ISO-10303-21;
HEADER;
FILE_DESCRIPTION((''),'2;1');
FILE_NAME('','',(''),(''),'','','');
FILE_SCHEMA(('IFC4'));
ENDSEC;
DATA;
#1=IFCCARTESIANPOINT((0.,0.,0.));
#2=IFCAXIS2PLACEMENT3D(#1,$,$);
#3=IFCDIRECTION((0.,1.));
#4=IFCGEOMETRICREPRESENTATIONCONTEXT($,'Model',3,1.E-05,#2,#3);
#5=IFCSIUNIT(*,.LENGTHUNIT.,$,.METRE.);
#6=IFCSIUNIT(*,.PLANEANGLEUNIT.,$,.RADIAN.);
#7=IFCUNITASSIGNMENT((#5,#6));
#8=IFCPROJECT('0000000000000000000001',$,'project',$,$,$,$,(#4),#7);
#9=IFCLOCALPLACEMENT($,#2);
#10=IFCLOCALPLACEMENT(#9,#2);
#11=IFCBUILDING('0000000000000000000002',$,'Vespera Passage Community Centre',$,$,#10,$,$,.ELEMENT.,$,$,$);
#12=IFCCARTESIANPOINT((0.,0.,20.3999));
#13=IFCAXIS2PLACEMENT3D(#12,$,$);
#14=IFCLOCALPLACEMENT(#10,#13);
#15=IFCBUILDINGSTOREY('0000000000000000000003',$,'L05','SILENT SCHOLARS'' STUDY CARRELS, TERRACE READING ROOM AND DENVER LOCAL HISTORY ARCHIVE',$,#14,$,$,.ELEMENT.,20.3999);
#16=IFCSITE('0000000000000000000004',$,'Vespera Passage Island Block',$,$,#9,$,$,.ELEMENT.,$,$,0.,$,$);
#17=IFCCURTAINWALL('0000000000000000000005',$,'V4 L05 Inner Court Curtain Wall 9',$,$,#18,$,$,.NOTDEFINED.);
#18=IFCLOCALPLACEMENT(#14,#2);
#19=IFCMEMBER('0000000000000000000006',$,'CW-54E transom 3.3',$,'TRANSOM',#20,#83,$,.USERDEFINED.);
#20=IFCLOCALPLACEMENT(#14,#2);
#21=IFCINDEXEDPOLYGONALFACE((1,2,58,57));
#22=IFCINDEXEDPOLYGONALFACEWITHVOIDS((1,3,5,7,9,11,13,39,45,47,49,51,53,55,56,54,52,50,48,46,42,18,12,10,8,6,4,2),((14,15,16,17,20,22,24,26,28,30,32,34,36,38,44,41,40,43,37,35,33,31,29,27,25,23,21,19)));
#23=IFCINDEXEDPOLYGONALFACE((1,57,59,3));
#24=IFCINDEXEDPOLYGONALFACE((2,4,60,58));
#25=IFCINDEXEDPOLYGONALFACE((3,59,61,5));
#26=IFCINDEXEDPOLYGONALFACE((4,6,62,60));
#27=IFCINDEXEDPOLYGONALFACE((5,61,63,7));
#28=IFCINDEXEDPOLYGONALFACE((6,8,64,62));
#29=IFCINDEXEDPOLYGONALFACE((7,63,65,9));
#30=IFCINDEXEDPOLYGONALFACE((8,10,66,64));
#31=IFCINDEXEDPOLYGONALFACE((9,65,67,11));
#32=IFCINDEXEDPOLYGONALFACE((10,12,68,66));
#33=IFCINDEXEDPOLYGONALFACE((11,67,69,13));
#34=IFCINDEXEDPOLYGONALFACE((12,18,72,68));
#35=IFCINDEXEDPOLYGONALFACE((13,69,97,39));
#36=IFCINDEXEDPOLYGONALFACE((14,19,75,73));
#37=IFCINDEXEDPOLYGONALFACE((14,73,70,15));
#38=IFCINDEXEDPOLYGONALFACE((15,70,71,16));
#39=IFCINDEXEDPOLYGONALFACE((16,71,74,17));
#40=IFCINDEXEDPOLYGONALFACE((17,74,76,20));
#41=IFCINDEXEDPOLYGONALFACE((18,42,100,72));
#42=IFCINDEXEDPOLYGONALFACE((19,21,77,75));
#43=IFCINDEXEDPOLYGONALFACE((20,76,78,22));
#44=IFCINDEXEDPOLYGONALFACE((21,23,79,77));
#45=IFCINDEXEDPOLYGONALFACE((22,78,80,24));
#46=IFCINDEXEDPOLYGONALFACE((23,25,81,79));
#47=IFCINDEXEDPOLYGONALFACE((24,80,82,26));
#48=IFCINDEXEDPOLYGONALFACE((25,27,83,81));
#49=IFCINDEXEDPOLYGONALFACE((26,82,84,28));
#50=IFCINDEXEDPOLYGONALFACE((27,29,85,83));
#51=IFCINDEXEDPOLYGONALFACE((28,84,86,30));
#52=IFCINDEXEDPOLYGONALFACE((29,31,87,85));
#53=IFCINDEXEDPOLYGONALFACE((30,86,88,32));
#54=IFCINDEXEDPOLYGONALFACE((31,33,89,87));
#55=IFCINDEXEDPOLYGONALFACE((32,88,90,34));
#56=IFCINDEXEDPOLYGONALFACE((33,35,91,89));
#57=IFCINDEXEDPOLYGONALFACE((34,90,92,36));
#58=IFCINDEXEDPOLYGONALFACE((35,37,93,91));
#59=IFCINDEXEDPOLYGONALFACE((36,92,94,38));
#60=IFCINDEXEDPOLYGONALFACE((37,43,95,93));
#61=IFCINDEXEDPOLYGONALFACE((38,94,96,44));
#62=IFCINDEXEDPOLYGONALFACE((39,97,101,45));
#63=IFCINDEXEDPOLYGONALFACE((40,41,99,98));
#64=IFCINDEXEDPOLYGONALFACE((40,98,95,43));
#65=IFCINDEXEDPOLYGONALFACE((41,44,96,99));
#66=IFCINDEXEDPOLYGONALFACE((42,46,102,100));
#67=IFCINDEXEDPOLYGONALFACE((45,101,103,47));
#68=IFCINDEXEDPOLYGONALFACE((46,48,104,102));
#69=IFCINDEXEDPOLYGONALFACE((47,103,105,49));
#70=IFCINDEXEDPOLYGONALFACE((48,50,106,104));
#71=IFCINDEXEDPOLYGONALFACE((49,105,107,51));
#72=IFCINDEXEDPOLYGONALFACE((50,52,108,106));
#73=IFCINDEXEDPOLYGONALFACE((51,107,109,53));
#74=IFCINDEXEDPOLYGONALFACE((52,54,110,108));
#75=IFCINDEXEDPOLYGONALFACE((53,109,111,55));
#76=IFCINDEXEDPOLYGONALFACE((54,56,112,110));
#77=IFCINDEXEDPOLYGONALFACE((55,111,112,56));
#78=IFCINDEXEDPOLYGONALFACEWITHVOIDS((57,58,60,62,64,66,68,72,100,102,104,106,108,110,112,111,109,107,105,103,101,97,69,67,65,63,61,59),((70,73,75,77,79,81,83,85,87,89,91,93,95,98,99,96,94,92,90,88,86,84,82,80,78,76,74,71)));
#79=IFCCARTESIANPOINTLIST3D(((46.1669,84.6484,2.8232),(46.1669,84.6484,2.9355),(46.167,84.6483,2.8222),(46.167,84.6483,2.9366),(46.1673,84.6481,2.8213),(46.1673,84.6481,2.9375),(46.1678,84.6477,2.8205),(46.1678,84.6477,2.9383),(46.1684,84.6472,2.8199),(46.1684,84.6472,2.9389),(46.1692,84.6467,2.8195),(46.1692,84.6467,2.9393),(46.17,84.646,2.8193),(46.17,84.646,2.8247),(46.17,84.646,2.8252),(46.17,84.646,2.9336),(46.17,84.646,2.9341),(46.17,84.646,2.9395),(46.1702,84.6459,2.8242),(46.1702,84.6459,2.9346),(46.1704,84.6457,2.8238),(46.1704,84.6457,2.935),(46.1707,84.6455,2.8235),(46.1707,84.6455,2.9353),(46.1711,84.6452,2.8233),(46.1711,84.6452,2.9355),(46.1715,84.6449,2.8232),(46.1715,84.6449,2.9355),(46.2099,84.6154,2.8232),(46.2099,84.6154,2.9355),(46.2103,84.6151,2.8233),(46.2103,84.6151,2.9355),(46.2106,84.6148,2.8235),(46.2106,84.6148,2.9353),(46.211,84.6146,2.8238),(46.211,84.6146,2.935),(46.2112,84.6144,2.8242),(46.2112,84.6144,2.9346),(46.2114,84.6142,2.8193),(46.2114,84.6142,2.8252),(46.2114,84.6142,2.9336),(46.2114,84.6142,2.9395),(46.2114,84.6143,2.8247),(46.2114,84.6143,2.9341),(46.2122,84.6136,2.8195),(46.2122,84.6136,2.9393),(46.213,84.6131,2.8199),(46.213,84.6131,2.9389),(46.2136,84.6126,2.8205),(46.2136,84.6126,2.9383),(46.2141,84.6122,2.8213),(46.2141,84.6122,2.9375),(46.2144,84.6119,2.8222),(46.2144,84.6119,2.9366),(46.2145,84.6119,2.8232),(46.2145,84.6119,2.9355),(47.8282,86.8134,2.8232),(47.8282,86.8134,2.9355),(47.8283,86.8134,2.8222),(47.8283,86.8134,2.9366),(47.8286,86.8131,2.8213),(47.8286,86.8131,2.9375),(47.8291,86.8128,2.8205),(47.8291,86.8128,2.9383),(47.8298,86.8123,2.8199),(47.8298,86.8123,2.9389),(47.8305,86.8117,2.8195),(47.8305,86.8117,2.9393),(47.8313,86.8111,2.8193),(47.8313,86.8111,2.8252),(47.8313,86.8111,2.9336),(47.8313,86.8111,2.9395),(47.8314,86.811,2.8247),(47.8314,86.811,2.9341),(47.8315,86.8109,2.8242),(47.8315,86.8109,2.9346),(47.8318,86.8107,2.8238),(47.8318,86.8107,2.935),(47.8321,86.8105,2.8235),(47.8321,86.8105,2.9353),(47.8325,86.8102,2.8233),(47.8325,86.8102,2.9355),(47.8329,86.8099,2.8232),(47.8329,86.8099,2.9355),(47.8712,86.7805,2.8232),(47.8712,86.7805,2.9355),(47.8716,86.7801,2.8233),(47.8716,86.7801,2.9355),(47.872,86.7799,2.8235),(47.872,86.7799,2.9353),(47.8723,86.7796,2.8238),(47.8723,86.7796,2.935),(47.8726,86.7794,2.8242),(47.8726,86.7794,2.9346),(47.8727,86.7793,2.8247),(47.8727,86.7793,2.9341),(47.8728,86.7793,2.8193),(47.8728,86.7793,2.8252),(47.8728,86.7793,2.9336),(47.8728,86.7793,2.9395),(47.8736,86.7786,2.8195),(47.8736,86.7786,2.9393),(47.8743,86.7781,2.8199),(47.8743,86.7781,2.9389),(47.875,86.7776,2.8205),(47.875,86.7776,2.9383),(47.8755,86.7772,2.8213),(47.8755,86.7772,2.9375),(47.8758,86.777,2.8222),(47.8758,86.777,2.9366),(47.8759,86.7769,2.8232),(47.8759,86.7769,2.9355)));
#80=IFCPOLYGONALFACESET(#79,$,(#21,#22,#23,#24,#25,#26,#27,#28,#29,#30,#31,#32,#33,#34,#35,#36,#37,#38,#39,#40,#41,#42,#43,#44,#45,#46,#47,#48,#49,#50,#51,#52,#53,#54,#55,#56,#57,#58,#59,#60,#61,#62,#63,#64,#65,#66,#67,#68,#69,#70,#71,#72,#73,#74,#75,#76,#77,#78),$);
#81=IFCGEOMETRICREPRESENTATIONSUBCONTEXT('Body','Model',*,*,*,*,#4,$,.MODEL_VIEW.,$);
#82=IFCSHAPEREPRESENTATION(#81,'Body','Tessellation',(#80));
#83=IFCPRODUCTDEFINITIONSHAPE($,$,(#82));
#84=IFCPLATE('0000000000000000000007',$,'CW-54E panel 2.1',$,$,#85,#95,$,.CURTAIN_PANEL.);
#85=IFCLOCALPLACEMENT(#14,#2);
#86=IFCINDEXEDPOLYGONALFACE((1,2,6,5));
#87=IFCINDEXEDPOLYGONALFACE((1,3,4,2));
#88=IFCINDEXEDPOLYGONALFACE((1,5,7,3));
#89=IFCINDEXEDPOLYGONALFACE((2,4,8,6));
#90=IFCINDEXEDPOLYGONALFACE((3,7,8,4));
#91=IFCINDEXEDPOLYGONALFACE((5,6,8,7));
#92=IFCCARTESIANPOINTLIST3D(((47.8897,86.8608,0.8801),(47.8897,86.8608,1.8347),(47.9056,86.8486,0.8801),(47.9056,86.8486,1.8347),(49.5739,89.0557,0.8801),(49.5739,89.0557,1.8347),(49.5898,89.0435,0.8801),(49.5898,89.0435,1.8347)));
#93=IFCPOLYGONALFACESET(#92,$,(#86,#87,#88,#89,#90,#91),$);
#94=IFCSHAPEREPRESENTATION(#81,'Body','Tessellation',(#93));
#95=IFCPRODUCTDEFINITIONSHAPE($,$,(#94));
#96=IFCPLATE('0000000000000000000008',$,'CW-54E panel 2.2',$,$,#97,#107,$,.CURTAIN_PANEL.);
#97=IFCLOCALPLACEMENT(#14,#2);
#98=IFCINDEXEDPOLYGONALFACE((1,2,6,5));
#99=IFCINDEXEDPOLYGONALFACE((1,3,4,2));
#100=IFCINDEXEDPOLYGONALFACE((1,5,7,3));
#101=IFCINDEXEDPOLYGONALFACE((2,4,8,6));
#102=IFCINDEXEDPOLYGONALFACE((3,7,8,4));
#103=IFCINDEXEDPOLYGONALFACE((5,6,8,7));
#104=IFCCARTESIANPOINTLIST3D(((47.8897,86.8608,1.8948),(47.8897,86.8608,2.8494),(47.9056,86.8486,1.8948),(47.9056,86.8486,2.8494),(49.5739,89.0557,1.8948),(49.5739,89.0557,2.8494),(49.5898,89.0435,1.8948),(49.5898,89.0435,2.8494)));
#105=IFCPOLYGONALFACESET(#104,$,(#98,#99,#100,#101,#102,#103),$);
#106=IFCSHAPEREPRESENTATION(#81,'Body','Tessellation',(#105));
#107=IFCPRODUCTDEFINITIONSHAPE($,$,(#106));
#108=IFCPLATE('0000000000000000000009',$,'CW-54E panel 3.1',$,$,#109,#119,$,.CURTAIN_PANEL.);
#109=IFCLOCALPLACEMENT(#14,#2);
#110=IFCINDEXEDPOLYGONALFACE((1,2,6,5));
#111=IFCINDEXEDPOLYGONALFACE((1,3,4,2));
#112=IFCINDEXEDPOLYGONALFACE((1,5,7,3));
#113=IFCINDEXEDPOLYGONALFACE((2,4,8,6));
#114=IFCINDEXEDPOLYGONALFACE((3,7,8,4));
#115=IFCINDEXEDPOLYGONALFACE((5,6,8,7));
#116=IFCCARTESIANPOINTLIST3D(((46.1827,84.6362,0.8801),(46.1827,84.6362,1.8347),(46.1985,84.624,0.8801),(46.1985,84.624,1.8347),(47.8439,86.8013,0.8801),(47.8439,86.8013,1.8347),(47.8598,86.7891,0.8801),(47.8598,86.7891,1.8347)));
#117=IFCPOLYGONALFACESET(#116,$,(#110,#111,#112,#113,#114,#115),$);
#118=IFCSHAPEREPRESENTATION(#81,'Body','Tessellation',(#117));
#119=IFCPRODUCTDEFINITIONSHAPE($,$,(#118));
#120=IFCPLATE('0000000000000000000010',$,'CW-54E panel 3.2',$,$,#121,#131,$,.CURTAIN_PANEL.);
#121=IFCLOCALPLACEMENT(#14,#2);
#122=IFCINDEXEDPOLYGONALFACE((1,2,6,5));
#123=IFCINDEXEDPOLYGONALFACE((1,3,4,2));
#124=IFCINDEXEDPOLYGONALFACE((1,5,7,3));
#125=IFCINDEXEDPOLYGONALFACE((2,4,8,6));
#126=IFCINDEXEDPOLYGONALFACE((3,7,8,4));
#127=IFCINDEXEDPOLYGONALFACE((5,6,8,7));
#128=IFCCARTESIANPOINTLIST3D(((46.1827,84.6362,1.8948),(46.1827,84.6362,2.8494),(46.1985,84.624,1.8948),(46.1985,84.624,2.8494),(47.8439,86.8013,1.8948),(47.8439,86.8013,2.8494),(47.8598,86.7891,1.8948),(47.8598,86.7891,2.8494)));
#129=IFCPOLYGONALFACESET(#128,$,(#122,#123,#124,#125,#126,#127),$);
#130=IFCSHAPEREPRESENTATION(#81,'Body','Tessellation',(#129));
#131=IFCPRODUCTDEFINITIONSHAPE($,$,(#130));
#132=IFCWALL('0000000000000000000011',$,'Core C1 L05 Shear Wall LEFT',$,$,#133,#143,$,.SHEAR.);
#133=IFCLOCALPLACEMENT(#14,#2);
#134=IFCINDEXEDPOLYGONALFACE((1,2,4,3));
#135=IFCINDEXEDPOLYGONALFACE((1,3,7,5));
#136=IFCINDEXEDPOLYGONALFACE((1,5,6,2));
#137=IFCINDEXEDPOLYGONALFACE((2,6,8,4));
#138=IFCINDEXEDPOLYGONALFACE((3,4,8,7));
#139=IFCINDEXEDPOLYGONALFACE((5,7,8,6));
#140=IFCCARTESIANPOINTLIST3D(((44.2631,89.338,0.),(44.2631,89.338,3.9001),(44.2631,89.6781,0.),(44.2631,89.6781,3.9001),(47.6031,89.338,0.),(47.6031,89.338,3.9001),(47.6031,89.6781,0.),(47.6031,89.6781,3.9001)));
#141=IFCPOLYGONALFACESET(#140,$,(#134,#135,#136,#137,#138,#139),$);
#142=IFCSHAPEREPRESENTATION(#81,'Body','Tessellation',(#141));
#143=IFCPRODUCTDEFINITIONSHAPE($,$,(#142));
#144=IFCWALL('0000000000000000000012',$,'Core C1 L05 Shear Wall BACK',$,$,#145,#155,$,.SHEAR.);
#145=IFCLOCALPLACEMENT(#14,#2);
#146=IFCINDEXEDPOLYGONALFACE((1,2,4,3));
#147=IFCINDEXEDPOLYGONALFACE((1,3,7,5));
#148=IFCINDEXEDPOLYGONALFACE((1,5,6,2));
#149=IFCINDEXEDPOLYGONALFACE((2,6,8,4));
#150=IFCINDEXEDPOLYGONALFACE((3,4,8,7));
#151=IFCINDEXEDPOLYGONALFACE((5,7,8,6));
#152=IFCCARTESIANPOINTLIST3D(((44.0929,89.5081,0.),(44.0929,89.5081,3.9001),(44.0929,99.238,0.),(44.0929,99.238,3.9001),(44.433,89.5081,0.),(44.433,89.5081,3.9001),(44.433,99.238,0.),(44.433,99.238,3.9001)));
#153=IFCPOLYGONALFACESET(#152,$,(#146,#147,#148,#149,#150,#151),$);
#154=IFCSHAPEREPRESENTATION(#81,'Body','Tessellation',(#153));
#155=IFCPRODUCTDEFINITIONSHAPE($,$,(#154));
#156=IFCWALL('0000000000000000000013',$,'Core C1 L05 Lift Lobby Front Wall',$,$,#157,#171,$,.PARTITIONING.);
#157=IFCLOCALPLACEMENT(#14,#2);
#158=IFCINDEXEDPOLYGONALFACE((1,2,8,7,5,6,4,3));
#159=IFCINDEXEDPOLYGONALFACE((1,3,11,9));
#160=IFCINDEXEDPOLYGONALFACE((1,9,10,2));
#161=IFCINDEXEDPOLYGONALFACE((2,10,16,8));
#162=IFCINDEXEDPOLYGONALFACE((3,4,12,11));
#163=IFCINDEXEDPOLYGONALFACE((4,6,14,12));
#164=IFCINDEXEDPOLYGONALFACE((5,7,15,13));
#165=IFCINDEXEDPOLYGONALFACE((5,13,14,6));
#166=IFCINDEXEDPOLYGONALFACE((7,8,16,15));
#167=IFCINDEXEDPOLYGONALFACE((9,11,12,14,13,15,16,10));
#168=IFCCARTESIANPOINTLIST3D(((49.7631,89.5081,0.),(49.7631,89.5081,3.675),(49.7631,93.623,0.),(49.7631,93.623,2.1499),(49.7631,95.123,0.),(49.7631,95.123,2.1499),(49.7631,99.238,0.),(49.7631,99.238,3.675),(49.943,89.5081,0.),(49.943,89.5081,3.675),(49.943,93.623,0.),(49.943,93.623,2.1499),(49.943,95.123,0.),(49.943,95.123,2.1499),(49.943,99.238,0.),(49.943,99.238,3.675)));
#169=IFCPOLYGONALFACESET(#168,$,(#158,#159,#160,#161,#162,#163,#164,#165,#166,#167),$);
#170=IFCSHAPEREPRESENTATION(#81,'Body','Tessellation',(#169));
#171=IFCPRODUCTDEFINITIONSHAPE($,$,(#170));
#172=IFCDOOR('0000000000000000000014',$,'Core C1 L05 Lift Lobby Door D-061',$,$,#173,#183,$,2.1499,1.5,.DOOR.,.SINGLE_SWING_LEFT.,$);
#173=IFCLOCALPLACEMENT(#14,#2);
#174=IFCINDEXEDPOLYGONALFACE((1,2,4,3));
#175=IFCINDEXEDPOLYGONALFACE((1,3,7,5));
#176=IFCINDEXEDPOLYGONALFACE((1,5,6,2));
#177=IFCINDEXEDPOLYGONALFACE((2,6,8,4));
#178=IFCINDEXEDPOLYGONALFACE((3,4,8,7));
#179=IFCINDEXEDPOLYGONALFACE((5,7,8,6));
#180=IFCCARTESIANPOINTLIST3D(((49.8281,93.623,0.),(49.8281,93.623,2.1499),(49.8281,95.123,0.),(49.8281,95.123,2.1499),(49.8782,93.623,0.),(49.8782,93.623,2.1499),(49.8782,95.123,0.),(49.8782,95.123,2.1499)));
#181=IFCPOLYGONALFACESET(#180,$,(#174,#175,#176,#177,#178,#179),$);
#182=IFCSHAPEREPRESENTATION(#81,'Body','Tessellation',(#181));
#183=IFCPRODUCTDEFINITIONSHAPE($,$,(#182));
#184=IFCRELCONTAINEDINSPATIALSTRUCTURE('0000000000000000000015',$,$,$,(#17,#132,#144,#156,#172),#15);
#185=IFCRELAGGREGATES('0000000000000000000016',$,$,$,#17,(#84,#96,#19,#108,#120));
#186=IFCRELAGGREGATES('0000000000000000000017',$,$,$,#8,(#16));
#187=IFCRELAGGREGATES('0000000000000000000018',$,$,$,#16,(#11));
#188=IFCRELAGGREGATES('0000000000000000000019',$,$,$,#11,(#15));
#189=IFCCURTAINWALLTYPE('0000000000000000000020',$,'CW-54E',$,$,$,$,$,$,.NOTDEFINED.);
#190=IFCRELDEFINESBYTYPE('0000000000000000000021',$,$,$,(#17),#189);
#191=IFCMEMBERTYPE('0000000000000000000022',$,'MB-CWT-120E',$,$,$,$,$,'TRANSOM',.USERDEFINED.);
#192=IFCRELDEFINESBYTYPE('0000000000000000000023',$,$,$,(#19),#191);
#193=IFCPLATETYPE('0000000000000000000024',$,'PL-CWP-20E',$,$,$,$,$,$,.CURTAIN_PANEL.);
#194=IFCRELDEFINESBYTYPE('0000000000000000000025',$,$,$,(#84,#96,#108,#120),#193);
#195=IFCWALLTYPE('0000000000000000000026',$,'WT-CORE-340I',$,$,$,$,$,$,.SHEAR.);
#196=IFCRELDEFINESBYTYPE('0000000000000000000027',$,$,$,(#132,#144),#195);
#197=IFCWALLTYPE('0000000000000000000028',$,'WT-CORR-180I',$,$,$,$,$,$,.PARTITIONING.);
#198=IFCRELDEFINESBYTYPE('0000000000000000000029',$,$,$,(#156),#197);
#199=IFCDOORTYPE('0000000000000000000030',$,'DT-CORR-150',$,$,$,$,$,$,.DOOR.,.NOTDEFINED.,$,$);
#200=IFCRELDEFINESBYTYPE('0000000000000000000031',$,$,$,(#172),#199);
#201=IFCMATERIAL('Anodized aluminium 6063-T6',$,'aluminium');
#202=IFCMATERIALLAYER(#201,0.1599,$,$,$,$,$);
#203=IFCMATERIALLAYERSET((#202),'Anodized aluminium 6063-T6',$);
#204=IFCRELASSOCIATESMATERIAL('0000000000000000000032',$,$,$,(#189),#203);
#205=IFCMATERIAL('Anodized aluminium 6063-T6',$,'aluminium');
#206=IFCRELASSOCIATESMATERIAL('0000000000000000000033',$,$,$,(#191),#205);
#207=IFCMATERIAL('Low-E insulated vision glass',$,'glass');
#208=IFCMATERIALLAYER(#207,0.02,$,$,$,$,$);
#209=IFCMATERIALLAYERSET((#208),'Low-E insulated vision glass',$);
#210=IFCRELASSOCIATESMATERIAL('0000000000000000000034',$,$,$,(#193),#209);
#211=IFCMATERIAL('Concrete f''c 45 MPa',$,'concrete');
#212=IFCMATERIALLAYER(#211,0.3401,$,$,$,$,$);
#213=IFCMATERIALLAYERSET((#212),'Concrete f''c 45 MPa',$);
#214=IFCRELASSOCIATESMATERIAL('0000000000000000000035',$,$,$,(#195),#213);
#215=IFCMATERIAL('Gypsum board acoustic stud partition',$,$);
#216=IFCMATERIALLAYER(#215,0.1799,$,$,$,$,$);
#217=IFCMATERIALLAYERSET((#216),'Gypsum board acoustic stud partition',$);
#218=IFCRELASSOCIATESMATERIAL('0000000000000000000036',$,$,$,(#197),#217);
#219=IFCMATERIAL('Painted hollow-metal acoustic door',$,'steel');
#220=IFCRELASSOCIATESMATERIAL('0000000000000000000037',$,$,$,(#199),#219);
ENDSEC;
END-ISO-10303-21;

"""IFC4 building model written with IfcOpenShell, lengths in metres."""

from ifc_helpers import new_model, si_unit, direction, frame, frame_2d, origin, origin_2d, place, context, subcontext, project, spatial, rectangle, hollow_rectangle, extrude, material, layer, layer_set, material_profile, profile_set, type_object, element, fill, aggregate, save


model = new_model("IFC4")

# Units and contexts
model_context = context("Model", 3, precision=1e-05, world=origin(), true_north=direction((0.0, 1.0)))
body_context = subcontext(model_context, "Body", "Model", "MODEL_VIEW")
ifc_project = project(units=[si_unit("LENGTHUNIT", "METRE"), si_unit("PLANEANGLEUNIT", "RADIAN")], contexts=[model_context])

# Site, building, storey
site_placement = place(None, origin())
site = spatial("IfcSite", under=ifc_project, at=site_placement, Name="Vespera Passage Island Block", CompositionType="ELEMENT", RefElevation=0.0)
building_placement = place(site_placement, origin())
building = spatial("IfcBuilding", under=site, at=building_placement, Name="Vespera Passage Community Centre", CompositionType="ELEMENT")
storey_placement = place(building_placement, frame((0.0, 0.0, 20.3999)))
storey = spatial("IfcBuildingStorey", under=building, at=storey_placement, Name="L05", Description="SILENT SCHOLARS' STUDY CARRELS, TERRACE READING ROOM AND DENVER LOCAL HISTORY ARCHIVE", CompositionType="ELEMENT", Elevation=20.3999)

# Curtain wall, member, plates
ifc_material_1 = material(Name="Anodized aluminium 6063-T6", Category="aluminium")
ifc_layer_1 = layer(ifc_material_1, 0.1599)
ifc_layer_set_1 = layer_set([ifc_layer_1], Name="Anodized aluminium 6063-T6")
curtain_wall_type = type_object("IfcCurtainWallType", Name="CW-54E", PredefinedType="NOTDEFINED", material=ifc_layer_set_1)
curtain_wall_placement = place(storey_placement, origin())
curtain_wall = element("IfcCurtainWall", 1, at=curtain_wall_placement, inside=storey, type_object=curtain_wall_type, Name="V4 L05 Inner Court Curtain Wall 9", PredefinedType="NOTDEFINED")
ifc_material_2 = material(Name="Anodized aluminium 6063-T6", Category="aluminium")
ifc_material_profile_1 = material_profile(ifc_material_2, hollow_rectangle(XDim=0.0601, YDim=0.1201, WallThickness=0.0039, InnerFilletRadius=0.002, OuterFilletRadius=0.0039, at=origin_2d()), Name="ALU120X60X4")
ifc_profile_set_1 = profile_set([ifc_material_profile_1], Name="Anodized aluminium 6063-T6")
member_type_1 = type_object("IfcMemberType", Name="MB-CWT-120E", ElementType="TRANSOM", PredefinedType="USERDEFINED", material=ifc_profile_set_1)
member_1_placement = place(storey_placement, frame((47.8521, 86.7952, 2.8794), z_axis=(-0.608781, -0.793338, 0.0), x_axis=(0.793338, -0.608781, 0.0)))
member_1 = element("IfcMember", 2, at=member_1_placement, type_object=member_type_1, Name="CW-54E transom 3.3", ObjectType="TRANSOM", PredefinedType="USERDEFINED", context=body_context, shape_type="SweptSolid", body=[
    extrude(hollow_rectangle(XDim=0.0601, YDim=0.1201, WallThickness=0.0039, InnerFilletRadius=0.002, OuterFilletRadius=0.0039, at=origin_2d()), origin(), (0.0, 0.0, 1.0), 2.729),
])
ifc_material_3 = material(Name="Low-E insulated vision glass", Category="glass")
ifc_layer_2 = layer(ifc_material_3, 0.02)
ifc_layer_set_2 = layer_set([ifc_layer_2], Name="Low-E insulated vision glass")
plate_type = type_object("IfcPlateType", Name="PL-CWP-20E", PredefinedType="CURTAIN_PANEL", material=ifc_layer_set_2)
plate_1_placement = place(storey_placement, frame((48.7397, 87.9521, 0.8801), z_axis=(0.0, 0.0, 1.0), x_axis=(-0.608755, -0.793358, 0.0)))
plate_1 = element("IfcPlate", 3, at=plate_1_placement, type_object=plate_type, Name="CW-54E panel 2.1", PredefinedType="CURTAIN_PANEL", context=body_context, shape_type="SweptSolid", body=[
    extrude(rectangle(XDim=2.7666, YDim=0.02, at=origin_2d()), origin(), (0.0, 0.0, 1.0), 0.9546),
])
plate_2_placement = place(storey_placement, frame((48.7397, 87.9521, 1.8948), z_axis=(0.0, 0.0, 1.0), x_axis=(-0.608755, -0.793358, 0.0)))
plate_2 = element("IfcPlate", 4, at=plate_2_placement, type_object=plate_type, Name="CW-54E panel 2.2", PredefinedType="CURTAIN_PANEL", context=body_context, shape_type="SweptSolid", body=[
    extrude(rectangle(XDim=2.7666, YDim=0.02, at=origin_2d()), origin(), (0.0, 0.0, 1.0), 0.9546),
])
plate_3_placement = place(storey_placement, frame((47.0212, 85.7126, 0.8801), z_axis=(0.0, 0.0, 1.0), x_axis=(-0.608755, -0.793358, 0.0)))
plate_3 = element("IfcPlate", 5, at=plate_3_placement, type_object=plate_type, Name="CW-54E panel 3.1", PredefinedType="CURTAIN_PANEL", context=body_context, shape_type="SweptSolid", body=[
    extrude(rectangle(XDim=2.729, YDim=0.02, at=origin_2d()), origin(), (0.0, 0.0, 1.0), 0.9546),
])
plate_4_placement = place(storey_placement, frame((47.0212, 85.7126, 1.8948), z_axis=(0.0, 0.0, 1.0), x_axis=(-0.608755, -0.793358, 0.0)))
plate_4 = element("IfcPlate", 6, at=plate_4_placement, type_object=plate_type, Name="CW-54E panel 3.2", PredefinedType="CURTAIN_PANEL", context=body_context, shape_type="SweptSolid", body=[
    extrude(rectangle(XDim=2.729, YDim=0.02, at=origin_2d()), origin(), (0.0, 0.0, 1.0), 0.9546),
])
aggregate(curtain_wall, [plate_1, plate_2, member_1, plate_3, plate_4])

# Walls
ifc_material_4 = material(Name="Concrete f'c 45 MPa", Category="concrete")
ifc_layer_3 = layer(ifc_material_4, 0.3401)
ifc_layer_set_3 = layer_set([ifc_layer_3], Name="Concrete f'c 45 MPa")
wall_type_1 = type_object("IfcWallType", Name="WT-CORE-340I", PredefinedType="SHEAR", material=ifc_layer_set_3)
wall_1_placement = place(storey_placement, frame((47.603, 89.5081, 0.0), z_axis=(0.0, 0.0, 1.0), x_axis=(-1.0, 0.0, 0.0)))
element("IfcWall", 7, at=wall_1_placement, inside=storey, type_object=wall_type_1, Name="Core C1 L05 Shear Wall LEFT", PredefinedType="SHEAR", context=body_context, shape_type="SweptSolid", body=[
    extrude(rectangle(XDim=3.3401, YDim=0.3401, at=frame_2d((1.6699, 0.0))), origin(), (0.0, 0.0, 1.0), 3.9001),
])
wall_2_placement = place(storey_placement, frame((44.2629, 89.5081, 0.0), z_axis=(0.0, 0.0, 1.0), x_axis=(0.0, 1.0, 0.0)))
element("IfcWall", 8, at=wall_2_placement, inside=storey, type_object=wall_type_1, Name="Core C1 L05 Shear Wall BACK", PredefinedType="SHEAR", context=body_context, shape_type="SweptSolid", body=[
    extrude(rectangle(XDim=9.73, YDim=0.3401, at=frame_2d((4.865, 0.0))), origin(), (0.0, 0.0, 1.0), 3.9001),
])

# Wall, opening, door
ifc_material_5 = material(Name="Gypsum board acoustic stud partition")
ifc_layer_4 = layer(ifc_material_5, 0.1799)
ifc_layer_set_4 = layer_set([ifc_layer_4], Name="Gypsum board acoustic stud partition")
wall_type_2 = type_object("IfcWallType", Name="WT-CORR-180I", PredefinedType="PARTITIONING", material=ifc_layer_set_4)
wall_3_placement = place(storey_placement, frame((49.853, 89.5081, 0.0), z_axis=(0.0, 0.0, 1.0), x_axis=(0.0, 1.0, 0.0)))
wall_3 = element("IfcWall", 9, at=wall_3_placement, inside=storey, type_object=wall_type_2, Name="Core C1 L05 Lift Lobby Front Wall", PredefinedType="PARTITIONING", context=body_context, shape_type="SweptSolid", body=[
    extrude(rectangle(XDim=9.73, YDim=0.1799, at=frame_2d((4.865, 0.0))), origin(), (0.0, 0.0, 1.0), 3.675),
])
opening_1_placement = place(wall_3_placement, frame((4.115, 0.0, 0.0)))
opening_1 = element("IfcOpeningElement", 10, at=opening_1_placement, cuts=wall_3, PredefinedType="OPENING", context=body_context, shape_type="SweptSolid", body=[
    extrude(rectangle(XDim=1.5, YDim=2.1499, at=frame_2d((0.75, 1.075))), frame((0.0, 0.0999, 0.0), z_axis=(0.0, -1.0, 0.0), x_axis=(1.0, 0.0, 0.0)), (0.0, 0.0, 1.0), 0.2),
])
ifc_material_6 = material(Name="Painted hollow-metal acoustic door", Category="steel")
door_type = type_object("IfcDoorType", Name="DT-CORR-150", OperationType="NOTDEFINED", PredefinedType="DOOR", material=ifc_material_6)
door_1_placement = place(opening_1_placement, origin())
door_1 = element("IfcDoor", 11, at=door_1_placement, inside=storey, type_object=door_type, Name="Core C1 L05 Lift Lobby Door D-061", OperationType="SINGLE_SWING_LEFT", OverallHeight=2.1499, OverallWidth=1.5, PredefinedType="DOOR", context=body_context, shape_type="SweptSolid", body=[
    extrude(rectangle(XDim=1.5, YDim=2.1499, at=frame_2d((0.75, 1.075))), frame((0.0, 0.0249, 0.0), z_axis=(0.0, -1.0, 0.0), x_axis=(1.0, 0.0, 0.0)), (0.0, 0.0, 1.0), 0.05),
])
fill(opening_1, door_1)

save(model, "model.ifc")
